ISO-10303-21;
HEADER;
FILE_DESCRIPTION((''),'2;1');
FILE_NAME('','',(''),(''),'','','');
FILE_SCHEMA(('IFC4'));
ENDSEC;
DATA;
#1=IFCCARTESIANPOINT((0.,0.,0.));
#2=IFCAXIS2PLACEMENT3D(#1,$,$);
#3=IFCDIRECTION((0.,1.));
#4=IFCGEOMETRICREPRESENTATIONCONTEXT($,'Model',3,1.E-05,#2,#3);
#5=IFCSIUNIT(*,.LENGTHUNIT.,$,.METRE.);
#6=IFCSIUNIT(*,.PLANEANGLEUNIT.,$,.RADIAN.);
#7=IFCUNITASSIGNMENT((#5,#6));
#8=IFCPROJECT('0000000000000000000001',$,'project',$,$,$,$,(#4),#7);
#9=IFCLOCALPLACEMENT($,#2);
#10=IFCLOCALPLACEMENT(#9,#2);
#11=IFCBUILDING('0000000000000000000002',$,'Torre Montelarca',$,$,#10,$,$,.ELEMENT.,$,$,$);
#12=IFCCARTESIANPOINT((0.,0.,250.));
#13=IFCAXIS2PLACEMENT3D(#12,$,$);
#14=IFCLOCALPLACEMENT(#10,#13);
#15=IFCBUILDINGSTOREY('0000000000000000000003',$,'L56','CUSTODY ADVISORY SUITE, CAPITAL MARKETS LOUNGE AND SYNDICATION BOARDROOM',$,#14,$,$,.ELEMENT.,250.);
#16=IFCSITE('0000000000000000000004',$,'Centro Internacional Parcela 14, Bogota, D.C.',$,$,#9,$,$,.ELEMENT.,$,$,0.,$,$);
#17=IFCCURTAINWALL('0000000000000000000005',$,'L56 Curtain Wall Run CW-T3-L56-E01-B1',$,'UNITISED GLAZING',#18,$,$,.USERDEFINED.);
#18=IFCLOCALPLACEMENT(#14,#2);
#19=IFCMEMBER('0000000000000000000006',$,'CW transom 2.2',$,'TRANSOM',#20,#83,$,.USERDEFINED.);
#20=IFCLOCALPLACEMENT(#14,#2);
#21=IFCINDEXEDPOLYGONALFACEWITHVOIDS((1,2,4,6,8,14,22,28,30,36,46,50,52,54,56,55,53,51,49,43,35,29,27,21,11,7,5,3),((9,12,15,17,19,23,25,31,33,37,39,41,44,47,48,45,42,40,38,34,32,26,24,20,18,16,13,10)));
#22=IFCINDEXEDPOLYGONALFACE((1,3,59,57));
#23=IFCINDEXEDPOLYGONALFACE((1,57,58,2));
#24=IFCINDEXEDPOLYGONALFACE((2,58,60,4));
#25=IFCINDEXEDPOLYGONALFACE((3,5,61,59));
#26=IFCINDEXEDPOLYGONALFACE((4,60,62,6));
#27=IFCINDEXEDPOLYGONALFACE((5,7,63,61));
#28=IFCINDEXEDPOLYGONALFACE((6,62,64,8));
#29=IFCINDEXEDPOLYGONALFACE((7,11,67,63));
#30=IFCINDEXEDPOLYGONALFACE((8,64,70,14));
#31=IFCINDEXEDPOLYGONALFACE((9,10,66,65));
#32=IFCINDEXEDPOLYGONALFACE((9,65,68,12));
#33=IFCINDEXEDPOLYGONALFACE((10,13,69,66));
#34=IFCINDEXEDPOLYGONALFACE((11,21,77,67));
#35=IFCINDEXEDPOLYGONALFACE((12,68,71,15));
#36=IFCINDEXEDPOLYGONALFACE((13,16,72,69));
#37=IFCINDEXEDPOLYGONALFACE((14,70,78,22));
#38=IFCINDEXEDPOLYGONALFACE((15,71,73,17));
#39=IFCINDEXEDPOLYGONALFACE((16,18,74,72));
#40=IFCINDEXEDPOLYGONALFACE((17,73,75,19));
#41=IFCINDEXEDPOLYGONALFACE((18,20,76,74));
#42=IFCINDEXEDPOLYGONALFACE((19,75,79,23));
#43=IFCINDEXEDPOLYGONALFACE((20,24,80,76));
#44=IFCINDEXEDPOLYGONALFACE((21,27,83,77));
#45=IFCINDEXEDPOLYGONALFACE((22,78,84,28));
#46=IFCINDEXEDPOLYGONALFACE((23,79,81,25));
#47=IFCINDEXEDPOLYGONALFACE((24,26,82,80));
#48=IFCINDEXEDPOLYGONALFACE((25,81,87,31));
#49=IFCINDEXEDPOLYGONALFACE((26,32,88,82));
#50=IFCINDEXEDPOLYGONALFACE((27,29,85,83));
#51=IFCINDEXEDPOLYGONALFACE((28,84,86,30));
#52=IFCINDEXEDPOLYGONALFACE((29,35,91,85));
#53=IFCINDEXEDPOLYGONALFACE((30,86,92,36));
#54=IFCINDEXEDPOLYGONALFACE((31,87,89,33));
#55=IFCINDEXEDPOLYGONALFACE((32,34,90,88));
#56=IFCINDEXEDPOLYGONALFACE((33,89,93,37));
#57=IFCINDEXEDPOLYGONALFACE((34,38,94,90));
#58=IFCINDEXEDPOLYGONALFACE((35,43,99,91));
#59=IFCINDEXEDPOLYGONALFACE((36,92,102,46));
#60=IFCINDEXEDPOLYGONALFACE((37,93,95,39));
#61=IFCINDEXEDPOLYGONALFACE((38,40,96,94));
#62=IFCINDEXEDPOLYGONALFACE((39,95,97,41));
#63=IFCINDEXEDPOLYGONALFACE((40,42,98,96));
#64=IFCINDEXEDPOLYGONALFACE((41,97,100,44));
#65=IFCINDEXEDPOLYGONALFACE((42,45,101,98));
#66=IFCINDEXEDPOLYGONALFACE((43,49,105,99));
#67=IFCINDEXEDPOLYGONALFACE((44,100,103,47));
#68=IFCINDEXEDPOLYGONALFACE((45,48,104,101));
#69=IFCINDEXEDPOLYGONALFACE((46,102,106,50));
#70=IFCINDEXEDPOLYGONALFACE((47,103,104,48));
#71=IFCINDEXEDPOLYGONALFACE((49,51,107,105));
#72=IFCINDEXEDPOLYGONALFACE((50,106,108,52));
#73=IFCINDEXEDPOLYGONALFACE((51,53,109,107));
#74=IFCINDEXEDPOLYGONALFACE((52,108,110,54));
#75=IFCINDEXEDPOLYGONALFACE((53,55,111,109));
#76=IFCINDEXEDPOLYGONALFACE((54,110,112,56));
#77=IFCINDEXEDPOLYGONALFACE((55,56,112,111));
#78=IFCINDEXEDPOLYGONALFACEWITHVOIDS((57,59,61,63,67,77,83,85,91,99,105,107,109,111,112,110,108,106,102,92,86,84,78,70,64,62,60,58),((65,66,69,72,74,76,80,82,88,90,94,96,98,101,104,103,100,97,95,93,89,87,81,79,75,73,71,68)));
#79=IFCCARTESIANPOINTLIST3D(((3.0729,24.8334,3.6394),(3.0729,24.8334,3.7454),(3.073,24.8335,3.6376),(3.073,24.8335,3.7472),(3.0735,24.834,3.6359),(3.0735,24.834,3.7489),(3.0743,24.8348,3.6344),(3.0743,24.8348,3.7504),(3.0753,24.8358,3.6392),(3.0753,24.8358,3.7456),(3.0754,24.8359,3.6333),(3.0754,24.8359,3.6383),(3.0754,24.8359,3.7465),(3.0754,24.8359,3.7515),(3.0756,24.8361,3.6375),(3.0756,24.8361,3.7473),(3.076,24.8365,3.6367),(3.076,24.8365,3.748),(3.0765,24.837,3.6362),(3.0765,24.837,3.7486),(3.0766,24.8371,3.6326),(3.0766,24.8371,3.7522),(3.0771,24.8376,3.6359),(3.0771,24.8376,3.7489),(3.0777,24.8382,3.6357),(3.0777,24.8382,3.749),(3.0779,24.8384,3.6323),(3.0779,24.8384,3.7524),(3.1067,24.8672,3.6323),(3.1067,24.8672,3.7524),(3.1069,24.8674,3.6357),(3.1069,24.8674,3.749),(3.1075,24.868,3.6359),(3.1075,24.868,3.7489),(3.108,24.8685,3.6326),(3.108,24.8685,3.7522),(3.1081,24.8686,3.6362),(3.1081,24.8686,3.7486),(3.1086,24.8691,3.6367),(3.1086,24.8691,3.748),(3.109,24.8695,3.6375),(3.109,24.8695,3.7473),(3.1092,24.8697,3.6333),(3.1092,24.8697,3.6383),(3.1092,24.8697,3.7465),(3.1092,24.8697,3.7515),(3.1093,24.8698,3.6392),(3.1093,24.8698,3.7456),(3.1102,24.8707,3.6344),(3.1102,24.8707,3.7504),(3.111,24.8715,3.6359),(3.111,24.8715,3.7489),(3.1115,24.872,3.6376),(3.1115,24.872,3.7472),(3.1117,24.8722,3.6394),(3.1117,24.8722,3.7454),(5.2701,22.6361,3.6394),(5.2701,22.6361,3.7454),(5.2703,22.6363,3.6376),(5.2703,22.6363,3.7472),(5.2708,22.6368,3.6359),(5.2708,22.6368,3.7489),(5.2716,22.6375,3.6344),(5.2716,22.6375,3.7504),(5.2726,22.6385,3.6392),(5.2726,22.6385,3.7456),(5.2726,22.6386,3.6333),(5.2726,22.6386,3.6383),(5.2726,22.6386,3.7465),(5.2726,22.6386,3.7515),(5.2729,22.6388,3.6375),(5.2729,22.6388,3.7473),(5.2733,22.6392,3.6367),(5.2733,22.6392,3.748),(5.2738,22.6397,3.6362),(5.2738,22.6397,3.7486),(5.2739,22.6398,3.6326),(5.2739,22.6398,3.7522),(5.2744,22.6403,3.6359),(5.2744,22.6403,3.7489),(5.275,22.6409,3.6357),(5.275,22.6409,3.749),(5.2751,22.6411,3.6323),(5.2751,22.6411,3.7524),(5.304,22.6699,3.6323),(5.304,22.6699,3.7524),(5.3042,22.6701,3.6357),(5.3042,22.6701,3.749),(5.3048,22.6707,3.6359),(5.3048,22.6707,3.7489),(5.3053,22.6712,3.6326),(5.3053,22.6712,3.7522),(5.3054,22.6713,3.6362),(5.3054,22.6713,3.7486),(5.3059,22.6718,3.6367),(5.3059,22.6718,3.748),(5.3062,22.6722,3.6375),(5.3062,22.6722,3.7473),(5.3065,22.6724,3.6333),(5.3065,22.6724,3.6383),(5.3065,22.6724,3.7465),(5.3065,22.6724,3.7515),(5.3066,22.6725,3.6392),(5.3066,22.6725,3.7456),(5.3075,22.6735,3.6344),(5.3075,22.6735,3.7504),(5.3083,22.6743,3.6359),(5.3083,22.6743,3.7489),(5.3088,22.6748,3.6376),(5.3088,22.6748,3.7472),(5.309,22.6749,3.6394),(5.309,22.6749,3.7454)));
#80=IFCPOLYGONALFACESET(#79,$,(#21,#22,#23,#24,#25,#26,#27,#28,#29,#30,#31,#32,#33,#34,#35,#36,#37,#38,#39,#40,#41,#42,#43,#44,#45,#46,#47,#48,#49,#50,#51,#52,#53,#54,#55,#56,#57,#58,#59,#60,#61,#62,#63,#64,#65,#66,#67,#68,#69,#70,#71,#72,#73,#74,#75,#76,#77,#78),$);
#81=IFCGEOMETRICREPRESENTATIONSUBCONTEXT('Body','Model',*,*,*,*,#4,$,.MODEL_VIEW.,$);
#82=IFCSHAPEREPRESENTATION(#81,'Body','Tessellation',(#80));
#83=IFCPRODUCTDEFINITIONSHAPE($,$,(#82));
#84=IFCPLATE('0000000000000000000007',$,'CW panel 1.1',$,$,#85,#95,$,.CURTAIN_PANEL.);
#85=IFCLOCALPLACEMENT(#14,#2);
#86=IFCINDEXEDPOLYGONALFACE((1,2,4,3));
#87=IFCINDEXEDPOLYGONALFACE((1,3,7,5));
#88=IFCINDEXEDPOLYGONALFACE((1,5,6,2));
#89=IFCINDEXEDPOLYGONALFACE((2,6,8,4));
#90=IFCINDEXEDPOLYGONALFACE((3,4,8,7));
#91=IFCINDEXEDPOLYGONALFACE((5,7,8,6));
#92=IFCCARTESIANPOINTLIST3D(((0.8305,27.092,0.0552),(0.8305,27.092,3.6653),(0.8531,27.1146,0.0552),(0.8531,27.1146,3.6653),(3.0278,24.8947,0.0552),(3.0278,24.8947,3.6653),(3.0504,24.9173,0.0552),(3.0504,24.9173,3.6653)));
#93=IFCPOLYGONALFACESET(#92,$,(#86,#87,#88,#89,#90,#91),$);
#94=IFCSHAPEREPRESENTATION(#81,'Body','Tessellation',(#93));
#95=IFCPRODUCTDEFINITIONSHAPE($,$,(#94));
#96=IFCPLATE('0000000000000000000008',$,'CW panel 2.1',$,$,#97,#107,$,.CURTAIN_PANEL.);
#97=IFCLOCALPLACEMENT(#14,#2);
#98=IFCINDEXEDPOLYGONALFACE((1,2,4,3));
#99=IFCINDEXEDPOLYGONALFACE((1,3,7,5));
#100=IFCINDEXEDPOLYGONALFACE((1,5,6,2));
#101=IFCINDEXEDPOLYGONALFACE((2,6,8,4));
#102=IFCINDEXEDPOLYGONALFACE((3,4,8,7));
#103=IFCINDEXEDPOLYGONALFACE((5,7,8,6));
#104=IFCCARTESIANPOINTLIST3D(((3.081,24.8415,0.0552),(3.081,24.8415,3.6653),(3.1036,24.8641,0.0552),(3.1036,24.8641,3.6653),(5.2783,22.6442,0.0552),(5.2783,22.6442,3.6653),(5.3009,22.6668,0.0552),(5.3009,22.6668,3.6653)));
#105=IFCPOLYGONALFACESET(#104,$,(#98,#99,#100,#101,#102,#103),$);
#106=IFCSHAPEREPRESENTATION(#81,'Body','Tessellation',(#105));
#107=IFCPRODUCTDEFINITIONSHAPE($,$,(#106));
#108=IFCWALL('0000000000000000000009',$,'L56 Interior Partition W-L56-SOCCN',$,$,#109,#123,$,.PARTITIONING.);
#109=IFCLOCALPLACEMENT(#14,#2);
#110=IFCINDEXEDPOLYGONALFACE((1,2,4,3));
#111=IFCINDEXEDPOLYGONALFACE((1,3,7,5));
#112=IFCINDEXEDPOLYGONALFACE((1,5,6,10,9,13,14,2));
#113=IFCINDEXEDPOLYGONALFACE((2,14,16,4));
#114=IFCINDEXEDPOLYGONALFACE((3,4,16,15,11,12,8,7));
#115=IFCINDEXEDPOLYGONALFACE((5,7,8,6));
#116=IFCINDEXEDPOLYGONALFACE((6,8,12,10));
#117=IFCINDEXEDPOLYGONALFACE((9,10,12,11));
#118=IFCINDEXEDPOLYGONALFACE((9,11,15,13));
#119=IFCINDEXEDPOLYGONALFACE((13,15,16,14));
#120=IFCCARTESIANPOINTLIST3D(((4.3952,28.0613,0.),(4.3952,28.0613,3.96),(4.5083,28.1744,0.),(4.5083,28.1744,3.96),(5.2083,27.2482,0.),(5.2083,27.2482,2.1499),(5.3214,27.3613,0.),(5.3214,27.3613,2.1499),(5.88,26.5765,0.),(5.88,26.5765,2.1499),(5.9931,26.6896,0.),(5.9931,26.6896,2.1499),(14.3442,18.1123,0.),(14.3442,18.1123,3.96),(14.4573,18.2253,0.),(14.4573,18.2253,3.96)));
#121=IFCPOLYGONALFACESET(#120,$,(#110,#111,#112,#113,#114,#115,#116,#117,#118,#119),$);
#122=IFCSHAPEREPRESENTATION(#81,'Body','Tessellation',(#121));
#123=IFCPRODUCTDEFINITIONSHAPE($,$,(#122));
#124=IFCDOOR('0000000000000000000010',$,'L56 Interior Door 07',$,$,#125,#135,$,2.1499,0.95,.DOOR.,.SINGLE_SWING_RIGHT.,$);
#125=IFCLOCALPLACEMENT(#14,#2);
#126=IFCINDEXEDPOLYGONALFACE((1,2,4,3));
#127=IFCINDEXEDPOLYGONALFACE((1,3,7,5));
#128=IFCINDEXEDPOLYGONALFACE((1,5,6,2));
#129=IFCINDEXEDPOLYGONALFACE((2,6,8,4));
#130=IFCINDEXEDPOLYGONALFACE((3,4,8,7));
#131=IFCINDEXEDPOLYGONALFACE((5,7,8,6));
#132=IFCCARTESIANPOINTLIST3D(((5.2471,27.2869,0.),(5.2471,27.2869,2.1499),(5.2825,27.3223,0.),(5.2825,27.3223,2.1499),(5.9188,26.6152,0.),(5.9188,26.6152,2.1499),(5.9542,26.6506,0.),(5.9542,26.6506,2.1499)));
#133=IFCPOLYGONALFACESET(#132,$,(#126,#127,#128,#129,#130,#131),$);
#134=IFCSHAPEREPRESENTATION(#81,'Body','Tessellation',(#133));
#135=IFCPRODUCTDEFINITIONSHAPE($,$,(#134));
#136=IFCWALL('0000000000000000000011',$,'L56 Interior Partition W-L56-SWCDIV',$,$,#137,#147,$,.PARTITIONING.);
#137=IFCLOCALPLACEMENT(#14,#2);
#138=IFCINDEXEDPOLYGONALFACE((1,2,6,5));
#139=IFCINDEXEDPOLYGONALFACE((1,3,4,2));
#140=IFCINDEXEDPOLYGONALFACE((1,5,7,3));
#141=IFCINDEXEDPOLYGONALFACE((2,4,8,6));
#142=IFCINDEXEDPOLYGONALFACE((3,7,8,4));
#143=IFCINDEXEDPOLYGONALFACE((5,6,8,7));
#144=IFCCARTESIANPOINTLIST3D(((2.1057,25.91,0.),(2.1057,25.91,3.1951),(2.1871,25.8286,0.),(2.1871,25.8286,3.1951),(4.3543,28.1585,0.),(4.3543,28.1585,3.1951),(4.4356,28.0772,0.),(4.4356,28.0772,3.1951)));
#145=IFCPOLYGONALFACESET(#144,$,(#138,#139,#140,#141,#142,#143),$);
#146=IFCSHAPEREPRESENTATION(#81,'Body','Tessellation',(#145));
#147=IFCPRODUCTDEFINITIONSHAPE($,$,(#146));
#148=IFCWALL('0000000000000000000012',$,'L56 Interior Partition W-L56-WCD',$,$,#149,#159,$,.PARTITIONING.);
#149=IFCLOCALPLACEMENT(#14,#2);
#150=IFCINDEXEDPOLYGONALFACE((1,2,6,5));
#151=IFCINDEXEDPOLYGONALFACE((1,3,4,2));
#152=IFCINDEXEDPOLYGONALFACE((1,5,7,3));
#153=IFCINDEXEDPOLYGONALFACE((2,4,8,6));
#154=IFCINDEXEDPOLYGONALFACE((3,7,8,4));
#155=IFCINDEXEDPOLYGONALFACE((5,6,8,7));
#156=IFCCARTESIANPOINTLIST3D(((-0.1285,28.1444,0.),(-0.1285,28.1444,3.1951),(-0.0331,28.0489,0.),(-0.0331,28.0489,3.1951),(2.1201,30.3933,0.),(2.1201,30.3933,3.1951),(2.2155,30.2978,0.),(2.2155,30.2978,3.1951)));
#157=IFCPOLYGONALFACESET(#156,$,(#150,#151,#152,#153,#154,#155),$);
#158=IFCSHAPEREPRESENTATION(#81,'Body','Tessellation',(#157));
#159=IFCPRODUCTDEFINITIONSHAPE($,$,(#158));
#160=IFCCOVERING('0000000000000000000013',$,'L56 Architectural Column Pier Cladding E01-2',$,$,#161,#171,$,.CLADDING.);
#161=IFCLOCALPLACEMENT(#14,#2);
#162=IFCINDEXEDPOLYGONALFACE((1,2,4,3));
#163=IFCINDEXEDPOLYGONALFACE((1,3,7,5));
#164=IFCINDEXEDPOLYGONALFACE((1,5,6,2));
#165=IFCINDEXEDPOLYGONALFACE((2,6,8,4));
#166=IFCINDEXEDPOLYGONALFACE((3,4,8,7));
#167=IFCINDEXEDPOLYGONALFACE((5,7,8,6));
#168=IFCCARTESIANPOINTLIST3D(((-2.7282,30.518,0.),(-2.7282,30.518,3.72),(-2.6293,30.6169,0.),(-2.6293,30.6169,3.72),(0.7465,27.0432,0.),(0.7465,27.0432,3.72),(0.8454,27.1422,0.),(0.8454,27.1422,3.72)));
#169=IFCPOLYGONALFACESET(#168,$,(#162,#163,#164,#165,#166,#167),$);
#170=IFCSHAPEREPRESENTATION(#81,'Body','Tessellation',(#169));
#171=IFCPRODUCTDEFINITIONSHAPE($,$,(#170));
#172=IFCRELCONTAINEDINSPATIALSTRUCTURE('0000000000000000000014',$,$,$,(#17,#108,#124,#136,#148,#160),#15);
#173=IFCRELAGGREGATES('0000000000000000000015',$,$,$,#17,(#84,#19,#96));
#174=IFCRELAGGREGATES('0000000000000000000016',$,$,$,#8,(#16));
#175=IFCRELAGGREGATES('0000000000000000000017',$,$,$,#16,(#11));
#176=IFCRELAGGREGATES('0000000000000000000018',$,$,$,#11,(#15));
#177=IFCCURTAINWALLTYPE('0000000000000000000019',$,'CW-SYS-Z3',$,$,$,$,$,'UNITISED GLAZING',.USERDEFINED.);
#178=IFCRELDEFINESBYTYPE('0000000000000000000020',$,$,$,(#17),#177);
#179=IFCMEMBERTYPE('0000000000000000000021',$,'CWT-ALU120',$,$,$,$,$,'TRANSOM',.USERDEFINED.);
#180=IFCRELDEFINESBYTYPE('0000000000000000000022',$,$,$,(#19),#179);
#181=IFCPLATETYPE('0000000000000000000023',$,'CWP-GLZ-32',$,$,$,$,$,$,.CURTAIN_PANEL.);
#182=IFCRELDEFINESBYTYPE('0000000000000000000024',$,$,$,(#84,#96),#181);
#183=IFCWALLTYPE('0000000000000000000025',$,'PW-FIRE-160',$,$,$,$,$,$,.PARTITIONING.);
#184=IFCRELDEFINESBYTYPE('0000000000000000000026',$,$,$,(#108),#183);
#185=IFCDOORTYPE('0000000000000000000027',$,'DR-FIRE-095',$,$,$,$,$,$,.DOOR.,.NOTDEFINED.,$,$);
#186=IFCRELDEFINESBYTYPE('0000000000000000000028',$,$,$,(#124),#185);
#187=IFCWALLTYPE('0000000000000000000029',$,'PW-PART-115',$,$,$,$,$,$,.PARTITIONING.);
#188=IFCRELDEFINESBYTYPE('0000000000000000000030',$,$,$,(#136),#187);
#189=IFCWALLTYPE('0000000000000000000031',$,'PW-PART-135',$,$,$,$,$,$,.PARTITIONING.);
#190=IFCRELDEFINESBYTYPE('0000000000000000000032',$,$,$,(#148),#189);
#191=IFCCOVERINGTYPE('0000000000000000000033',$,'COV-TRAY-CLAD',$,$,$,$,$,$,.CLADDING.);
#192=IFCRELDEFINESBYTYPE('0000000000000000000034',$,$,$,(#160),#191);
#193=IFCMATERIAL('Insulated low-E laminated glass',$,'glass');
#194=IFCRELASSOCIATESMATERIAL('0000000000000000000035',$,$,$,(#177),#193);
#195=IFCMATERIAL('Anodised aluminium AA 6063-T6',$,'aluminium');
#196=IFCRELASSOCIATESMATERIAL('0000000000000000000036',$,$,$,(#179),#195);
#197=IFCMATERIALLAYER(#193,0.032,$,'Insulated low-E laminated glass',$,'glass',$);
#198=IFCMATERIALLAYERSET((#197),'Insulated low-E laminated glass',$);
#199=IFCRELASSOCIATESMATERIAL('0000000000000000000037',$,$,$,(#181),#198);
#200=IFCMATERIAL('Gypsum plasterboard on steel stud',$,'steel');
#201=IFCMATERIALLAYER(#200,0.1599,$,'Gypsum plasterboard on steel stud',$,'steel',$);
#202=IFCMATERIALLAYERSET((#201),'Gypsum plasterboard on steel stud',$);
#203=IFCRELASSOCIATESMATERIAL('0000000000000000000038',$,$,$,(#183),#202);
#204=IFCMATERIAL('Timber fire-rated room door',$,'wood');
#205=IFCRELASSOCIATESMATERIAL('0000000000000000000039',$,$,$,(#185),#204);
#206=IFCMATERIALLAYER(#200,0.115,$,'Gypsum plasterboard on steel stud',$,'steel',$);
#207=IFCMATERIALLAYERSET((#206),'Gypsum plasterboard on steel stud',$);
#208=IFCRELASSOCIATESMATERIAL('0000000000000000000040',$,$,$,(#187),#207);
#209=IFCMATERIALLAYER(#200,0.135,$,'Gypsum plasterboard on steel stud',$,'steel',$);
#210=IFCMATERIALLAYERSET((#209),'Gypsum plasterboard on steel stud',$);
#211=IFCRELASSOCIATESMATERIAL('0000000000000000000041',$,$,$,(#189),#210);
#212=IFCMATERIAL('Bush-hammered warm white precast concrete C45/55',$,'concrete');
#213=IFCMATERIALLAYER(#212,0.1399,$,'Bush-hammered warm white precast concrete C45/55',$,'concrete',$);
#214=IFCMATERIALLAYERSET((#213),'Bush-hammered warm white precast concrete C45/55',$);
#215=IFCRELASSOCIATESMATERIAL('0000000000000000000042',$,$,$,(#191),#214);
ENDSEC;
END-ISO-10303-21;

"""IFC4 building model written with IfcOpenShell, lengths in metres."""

from ifc_helpers import new_model, si_unit, direction, frame, frame_2d, origin, origin_2d, place, context, subcontext, project, spatial, rectangle, hollow_rectangle, extrude, source, transform, mapped, material, layer, layer_set, material_profile, profile_set, type_object, element, fill, aggregate, save


model = new_model("IFC4")

# Units and contexts
model_context = context("Model", 3, precision=1e-05, world=origin(), true_north=direction((0.0, 1.0)))
body_context = subcontext(model_context, "Body", "Model", "MODEL_VIEW")
ifc_project = project(units=[si_unit("LENGTHUNIT", "METRE"), si_unit("PLANEANGLEUNIT", "RADIAN")], contexts=[model_context])

# Site, building, storey
site_placement = place(None, origin())
site = spatial("IfcSite", under=ifc_project, at=site_placement, Name="Centro Internacional Parcela 14, Bogota, D.C.", CompositionType="ELEMENT", RefElevation=0.0)
building_placement = place(site_placement, origin())
building = spatial("IfcBuilding", under=site, at=building_placement, Name="Torre Montelarca", CompositionType="ELEMENT")
storey_placement = place(building_placement, frame((0.0, 0.0, 250.0)))
storey = spatial("IfcBuildingStorey", under=building, at=storey_placement, Name="L56", Description="CUSTODY ADVISORY SUITE, CAPITAL MARKETS LOUNGE AND SYNDICATION BOARDROOM", CompositionType="ELEMENT", Elevation=250.0)

# Curtain wall, member, plates
ifc_material_1 = material(Name="Insulated low-E laminated glass", Category="glass")
curtain_wall_type = type_object("IfcCurtainWallType", Name="CW-SYS-Z3", ElementType="UNITISED GLAZING", PredefinedType="USERDEFINED", material=ifc_material_1)
curtain_wall_placement = place(storey_placement, origin())
curtain_wall = element("IfcCurtainWall", 1, at=curtain_wall_placement, inside=storey, type_object=curtain_wall_type, Name="L56 Curtain Wall Run CW-T3-L56-E01-B1", ObjectType="UNITISED GLAZING", PredefinedType="USERDEFINED")
ifc_material_2 = material(Name="Anodised aluminium AA 6063-T6", Category="aluminium")
ifc_material_profile_1 = material_profile(ifc_material_2, hollow_rectangle(XDim=0.0549, YDim=0.1201, WallThickness=0.0034, InnerFilletRadius=0.0034, OuterFilletRadius=0.0071, at=origin_2d()), Name="ALU55X120X3.5", Category="aluminium")
ifc_profile_set_1 = profile_set([ifc_material_profile_1], Name="Anodised aluminium AA 6063-T6")
member_type_1 = type_object("IfcMemberType", Name="CWT-ALU120", ElementType="TRANSOM", PredefinedType="USERDEFINED", material=ifc_profile_set_1)
shared_shape_1 = source(origin(), body_context, "Body", "SweptSolid", [
    extrude(hollow_rectangle(XDim=0.0549, YDim=0.1201, WallThickness=0.0034, InnerFilletRadius=0.0034, OuterFilletRadius=0.0071, at=origin_2d()), origin(), (0.0, 0.0, 1.0), 3.1074),
])
member_1_placement = place(storey_placement, frame((3.0923, 24.8528, 3.6924), z_axis=(0.707107, -0.707107, 0.0), x_axis=(0.707107, 0.707107, 0.0)))
member_1 = element("IfcMember", 2, at=member_1_placement, type_object=member_type_1, Name="CW transom 2.2", ObjectType="TRANSOM", PredefinedType="USERDEFINED", context=body_context, shape_type="MappedRepresentation", body=[
    mapped(shared_shape_1, transform((0.0, 0.0, 0.0), scale=1.0)),
])
ifc_layer_1 = layer(ifc_material_1, 0.032, Name="Insulated low-E laminated glass", Category="glass")
ifc_layer_set_1 = layer_set([ifc_layer_1], Name="Insulated low-E laminated glass")
plate_type = type_object("IfcPlateType", Name="CWP-GLZ-32", PredefinedType="CURTAIN_PANEL", material=ifc_layer_set_1)
shared_shape_2 = source(origin(), body_context, "Body", "SweptSolid", [
    extrude(rectangle(XDim=3.1074, YDim=0.032, at=origin_2d()), origin(), (0.0, 0.0, 1.0), 3.6101),
])
plate_1_placement = place(storey_placement, frame((1.9404, 26.0046, 0.0552), z_axis=(0.0, 0.0, 1.0), x_axis=(0.707107, -0.707107, 0.0)))
plate_1 = element("IfcPlate", 3, at=plate_1_placement, type_object=plate_type, Name="CW panel 1.1", PredefinedType="CURTAIN_PANEL", context=body_context, shape_type="MappedRepresentation", body=[
    mapped(shared_shape_2, transform((0.0, 0.0, 0.0), scale=1.0)),
])
plate_2_placement = place(storey_placement, frame((4.1909, 23.7542, 0.0552), z_axis=(0.0, 0.0, 1.0), x_axis=(0.707107, -0.707107, 0.0)))
plate_2 = element("IfcPlate", 4, at=plate_2_placement, type_object=plate_type, Name="CW panel 2.1", PredefinedType="CURTAIN_PANEL", context=body_context, shape_type="MappedRepresentation", body=[
    mapped(shared_shape_2, transform((0.0, 0.0, 0.0), scale=1.0)),
])
aggregate(curtain_wall, [plate_1, member_1, plate_2])

# Wall, opening, door
ifc_material_3 = material(Name="Gypsum plasterboard on steel stud", Category="steel")
ifc_layer_2 = layer(ifc_material_3, 0.1599, Name="Gypsum plasterboard on steel stud", Category="steel")
ifc_layer_set_2 = layer_set([ifc_layer_2], Name="Gypsum plasterboard on steel stud")
wall_type_1 = type_object("IfcWallType", Name="PW-FIRE-160", PredefinedType="PARTITIONING", material=ifc_layer_set_2)
wall_1_placement = place(storey_placement, frame((4.4517, 28.1179, 0.0), z_axis=(0.0, 0.0, 1.0), x_axis=(0.707107, -0.707107, 0.0)))
wall_1 = element("IfcWall", 5, at=wall_1_placement, inside=storey, type_object=wall_type_1, Name="L56 Interior Partition W-L56-SOCCN", PredefinedType="PARTITIONING", context=body_context, shape_type="SweptSolid", body=[
    extrude(rectangle(XDim=14.0701, YDim=0.1599, at=frame_2d((7.0352, 0.0))), origin(), (0.0, 0.0, 1.0), 3.96),
])
opening_placement = place(wall_1_placement, frame((1.1499, 0.0, 0.0)))
opening = element("IfcOpeningElement", 6, at=opening_placement, cuts=wall_1, PredefinedType="OPENING", context=body_context, shape_type="SweptSolid", body=[
    extrude(rectangle(XDim=0.95, YDim=2.1499, at=frame_2d((0.4751, 1.075))), frame((0.0, 0.0898, 0.0), z_axis=(0.0, -1.0, 0.0), x_axis=(1.0, 0.0, 0.0)), (0.0, 0.0, 1.0), 0.1799),
])
ifc_material_4 = material(Name="Timber fire-rated room door", Category="wood")
door_type = type_object("IfcDoorType", Name="DR-FIRE-095", OperationType="NOTDEFINED", PredefinedType="DOOR", material=ifc_material_4)
shared_shape_3 = source(origin(), body_context, "Body", "SweptSolid", [
    extrude(rectangle(XDim=0.95, YDim=2.1499, at=frame_2d((0.4751, 1.075))), frame((0.0, 0.0249, 0.0), z_axis=(0.0, -1.0, 0.0), x_axis=(1.0, 0.0, 0.0)), (0.0, 0.0, 1.0), 0.05),
])
door_placement = place(opening_placement, origin())
door = element("IfcDoor", 7, at=door_placement, inside=storey, type_object=door_type, Name="L56 Interior Door 07", OperationType="SINGLE_SWING_RIGHT", OverallHeight=2.1499, OverallWidth=0.95, PredefinedType="DOOR", context=body_context, shape_type="MappedRepresentation", body=[
    mapped(shared_shape_3, transform((0.0, 0.0, 0.0), scale=1.0)),
])
fill(opening, door)

# Walls
ifc_layer_3 = layer(ifc_material_3, 0.115, Name="Gypsum plasterboard on steel stud", Category="steel")
ifc_layer_set_3 = layer_set([ifc_layer_3], Name="Gypsum plasterboard on steel stud")
wall_type_2 = type_object("IfcWallType", Name="PW-PART-115", PredefinedType="PARTITIONING", material=ifc_layer_set_3)
wall_2_placement = place(storey_placement, frame((2.1465, 25.8694, 0.0), z_axis=(0.0, 0.0, 1.0), x_axis=(0.707107, 0.707107, 0.0)))
element("IfcWall", 8, at=wall_2_placement, inside=storey, type_object=wall_type_2, Name="L56 Interior Partition W-L56-SWCDIV", PredefinedType="PARTITIONING", context=body_context, shape_type="SweptSolid", body=[
    extrude(rectangle(XDim=3.1799, YDim=0.115, at=frame_2d((1.5898, 0.0))), origin(), (0.0, 0.0, 1.0), 3.1951),
])
ifc_layer_4 = layer(ifc_material_3, 0.135, Name="Gypsum plasterboard on steel stud", Category="steel")
ifc_layer_set_4 = layer_set([ifc_layer_4], Name="Gypsum plasterboard on steel stud")
wall_type_3 = type_object("IfcWallType", Name="PW-PART-135", PredefinedType="PARTITIONING", material=ifc_layer_set_4)
wall_3_placement = place(storey_placement, frame((-0.0808, 28.0967, 0.0), z_axis=(0.0, 0.0, 1.0), x_axis=(0.707068, 0.707145, 0.0)))
element("IfcWall", 9, at=wall_3_placement, inside=storey, type_object=wall_type_3, Name="L56 Interior Partition W-L56-WCD", PredefinedType="PARTITIONING", context=body_context, shape_type="SweptSolid", body=[
    extrude(rectangle(XDim=3.1802, YDim=0.135, at=frame_2d((1.5901, 0.0))), origin(), (0.0, 0.0, 1.0), 3.1951),
])

# Covering
ifc_material_5 = material(Name="Bush-hammered warm white precast concrete C45/55", Category="concrete")
ifc_layer_5 = layer(ifc_material_5, 0.1399, Name="Bush-hammered warm white precast concrete C45/55", Category="concrete")
ifc_layer_set_5 = layer_set([ifc_layer_5], Name="Bush-hammered warm white precast concrete C45/55")
covering_type = type_object("IfcCoveringType", Name="COV-TRAY-CLAD", PredefinedType="CLADDING", material=ifc_layer_set_5)
shared_shape_4 = source(origin(), body_context, "Body", "SweptSolid", [
    extrude(rectangle(XDim=4.9141, YDim=0.1399, at=origin_2d()), origin(), (0.0, 0.0, 1.0), 3.72),
])
covering_placement = place(storey_placement, frame((-0.9414, 28.8301, 0.0), z_axis=(0.0, 0.0, 1.0), x_axis=(0.707107, -0.707107, 0.0)))
element("IfcCovering", 10, at=covering_placement, inside=storey, type_object=covering_type, Name="L56 Architectural Column Pier Cladding E01-2", PredefinedType="CLADDING", context=body_context, shape_type="MappedRepresentation", body=[
    mapped(shared_shape_4, transform((0.0, 0.0, 0.0), scale=1.0)),
])

save(model, "model.ifc")
